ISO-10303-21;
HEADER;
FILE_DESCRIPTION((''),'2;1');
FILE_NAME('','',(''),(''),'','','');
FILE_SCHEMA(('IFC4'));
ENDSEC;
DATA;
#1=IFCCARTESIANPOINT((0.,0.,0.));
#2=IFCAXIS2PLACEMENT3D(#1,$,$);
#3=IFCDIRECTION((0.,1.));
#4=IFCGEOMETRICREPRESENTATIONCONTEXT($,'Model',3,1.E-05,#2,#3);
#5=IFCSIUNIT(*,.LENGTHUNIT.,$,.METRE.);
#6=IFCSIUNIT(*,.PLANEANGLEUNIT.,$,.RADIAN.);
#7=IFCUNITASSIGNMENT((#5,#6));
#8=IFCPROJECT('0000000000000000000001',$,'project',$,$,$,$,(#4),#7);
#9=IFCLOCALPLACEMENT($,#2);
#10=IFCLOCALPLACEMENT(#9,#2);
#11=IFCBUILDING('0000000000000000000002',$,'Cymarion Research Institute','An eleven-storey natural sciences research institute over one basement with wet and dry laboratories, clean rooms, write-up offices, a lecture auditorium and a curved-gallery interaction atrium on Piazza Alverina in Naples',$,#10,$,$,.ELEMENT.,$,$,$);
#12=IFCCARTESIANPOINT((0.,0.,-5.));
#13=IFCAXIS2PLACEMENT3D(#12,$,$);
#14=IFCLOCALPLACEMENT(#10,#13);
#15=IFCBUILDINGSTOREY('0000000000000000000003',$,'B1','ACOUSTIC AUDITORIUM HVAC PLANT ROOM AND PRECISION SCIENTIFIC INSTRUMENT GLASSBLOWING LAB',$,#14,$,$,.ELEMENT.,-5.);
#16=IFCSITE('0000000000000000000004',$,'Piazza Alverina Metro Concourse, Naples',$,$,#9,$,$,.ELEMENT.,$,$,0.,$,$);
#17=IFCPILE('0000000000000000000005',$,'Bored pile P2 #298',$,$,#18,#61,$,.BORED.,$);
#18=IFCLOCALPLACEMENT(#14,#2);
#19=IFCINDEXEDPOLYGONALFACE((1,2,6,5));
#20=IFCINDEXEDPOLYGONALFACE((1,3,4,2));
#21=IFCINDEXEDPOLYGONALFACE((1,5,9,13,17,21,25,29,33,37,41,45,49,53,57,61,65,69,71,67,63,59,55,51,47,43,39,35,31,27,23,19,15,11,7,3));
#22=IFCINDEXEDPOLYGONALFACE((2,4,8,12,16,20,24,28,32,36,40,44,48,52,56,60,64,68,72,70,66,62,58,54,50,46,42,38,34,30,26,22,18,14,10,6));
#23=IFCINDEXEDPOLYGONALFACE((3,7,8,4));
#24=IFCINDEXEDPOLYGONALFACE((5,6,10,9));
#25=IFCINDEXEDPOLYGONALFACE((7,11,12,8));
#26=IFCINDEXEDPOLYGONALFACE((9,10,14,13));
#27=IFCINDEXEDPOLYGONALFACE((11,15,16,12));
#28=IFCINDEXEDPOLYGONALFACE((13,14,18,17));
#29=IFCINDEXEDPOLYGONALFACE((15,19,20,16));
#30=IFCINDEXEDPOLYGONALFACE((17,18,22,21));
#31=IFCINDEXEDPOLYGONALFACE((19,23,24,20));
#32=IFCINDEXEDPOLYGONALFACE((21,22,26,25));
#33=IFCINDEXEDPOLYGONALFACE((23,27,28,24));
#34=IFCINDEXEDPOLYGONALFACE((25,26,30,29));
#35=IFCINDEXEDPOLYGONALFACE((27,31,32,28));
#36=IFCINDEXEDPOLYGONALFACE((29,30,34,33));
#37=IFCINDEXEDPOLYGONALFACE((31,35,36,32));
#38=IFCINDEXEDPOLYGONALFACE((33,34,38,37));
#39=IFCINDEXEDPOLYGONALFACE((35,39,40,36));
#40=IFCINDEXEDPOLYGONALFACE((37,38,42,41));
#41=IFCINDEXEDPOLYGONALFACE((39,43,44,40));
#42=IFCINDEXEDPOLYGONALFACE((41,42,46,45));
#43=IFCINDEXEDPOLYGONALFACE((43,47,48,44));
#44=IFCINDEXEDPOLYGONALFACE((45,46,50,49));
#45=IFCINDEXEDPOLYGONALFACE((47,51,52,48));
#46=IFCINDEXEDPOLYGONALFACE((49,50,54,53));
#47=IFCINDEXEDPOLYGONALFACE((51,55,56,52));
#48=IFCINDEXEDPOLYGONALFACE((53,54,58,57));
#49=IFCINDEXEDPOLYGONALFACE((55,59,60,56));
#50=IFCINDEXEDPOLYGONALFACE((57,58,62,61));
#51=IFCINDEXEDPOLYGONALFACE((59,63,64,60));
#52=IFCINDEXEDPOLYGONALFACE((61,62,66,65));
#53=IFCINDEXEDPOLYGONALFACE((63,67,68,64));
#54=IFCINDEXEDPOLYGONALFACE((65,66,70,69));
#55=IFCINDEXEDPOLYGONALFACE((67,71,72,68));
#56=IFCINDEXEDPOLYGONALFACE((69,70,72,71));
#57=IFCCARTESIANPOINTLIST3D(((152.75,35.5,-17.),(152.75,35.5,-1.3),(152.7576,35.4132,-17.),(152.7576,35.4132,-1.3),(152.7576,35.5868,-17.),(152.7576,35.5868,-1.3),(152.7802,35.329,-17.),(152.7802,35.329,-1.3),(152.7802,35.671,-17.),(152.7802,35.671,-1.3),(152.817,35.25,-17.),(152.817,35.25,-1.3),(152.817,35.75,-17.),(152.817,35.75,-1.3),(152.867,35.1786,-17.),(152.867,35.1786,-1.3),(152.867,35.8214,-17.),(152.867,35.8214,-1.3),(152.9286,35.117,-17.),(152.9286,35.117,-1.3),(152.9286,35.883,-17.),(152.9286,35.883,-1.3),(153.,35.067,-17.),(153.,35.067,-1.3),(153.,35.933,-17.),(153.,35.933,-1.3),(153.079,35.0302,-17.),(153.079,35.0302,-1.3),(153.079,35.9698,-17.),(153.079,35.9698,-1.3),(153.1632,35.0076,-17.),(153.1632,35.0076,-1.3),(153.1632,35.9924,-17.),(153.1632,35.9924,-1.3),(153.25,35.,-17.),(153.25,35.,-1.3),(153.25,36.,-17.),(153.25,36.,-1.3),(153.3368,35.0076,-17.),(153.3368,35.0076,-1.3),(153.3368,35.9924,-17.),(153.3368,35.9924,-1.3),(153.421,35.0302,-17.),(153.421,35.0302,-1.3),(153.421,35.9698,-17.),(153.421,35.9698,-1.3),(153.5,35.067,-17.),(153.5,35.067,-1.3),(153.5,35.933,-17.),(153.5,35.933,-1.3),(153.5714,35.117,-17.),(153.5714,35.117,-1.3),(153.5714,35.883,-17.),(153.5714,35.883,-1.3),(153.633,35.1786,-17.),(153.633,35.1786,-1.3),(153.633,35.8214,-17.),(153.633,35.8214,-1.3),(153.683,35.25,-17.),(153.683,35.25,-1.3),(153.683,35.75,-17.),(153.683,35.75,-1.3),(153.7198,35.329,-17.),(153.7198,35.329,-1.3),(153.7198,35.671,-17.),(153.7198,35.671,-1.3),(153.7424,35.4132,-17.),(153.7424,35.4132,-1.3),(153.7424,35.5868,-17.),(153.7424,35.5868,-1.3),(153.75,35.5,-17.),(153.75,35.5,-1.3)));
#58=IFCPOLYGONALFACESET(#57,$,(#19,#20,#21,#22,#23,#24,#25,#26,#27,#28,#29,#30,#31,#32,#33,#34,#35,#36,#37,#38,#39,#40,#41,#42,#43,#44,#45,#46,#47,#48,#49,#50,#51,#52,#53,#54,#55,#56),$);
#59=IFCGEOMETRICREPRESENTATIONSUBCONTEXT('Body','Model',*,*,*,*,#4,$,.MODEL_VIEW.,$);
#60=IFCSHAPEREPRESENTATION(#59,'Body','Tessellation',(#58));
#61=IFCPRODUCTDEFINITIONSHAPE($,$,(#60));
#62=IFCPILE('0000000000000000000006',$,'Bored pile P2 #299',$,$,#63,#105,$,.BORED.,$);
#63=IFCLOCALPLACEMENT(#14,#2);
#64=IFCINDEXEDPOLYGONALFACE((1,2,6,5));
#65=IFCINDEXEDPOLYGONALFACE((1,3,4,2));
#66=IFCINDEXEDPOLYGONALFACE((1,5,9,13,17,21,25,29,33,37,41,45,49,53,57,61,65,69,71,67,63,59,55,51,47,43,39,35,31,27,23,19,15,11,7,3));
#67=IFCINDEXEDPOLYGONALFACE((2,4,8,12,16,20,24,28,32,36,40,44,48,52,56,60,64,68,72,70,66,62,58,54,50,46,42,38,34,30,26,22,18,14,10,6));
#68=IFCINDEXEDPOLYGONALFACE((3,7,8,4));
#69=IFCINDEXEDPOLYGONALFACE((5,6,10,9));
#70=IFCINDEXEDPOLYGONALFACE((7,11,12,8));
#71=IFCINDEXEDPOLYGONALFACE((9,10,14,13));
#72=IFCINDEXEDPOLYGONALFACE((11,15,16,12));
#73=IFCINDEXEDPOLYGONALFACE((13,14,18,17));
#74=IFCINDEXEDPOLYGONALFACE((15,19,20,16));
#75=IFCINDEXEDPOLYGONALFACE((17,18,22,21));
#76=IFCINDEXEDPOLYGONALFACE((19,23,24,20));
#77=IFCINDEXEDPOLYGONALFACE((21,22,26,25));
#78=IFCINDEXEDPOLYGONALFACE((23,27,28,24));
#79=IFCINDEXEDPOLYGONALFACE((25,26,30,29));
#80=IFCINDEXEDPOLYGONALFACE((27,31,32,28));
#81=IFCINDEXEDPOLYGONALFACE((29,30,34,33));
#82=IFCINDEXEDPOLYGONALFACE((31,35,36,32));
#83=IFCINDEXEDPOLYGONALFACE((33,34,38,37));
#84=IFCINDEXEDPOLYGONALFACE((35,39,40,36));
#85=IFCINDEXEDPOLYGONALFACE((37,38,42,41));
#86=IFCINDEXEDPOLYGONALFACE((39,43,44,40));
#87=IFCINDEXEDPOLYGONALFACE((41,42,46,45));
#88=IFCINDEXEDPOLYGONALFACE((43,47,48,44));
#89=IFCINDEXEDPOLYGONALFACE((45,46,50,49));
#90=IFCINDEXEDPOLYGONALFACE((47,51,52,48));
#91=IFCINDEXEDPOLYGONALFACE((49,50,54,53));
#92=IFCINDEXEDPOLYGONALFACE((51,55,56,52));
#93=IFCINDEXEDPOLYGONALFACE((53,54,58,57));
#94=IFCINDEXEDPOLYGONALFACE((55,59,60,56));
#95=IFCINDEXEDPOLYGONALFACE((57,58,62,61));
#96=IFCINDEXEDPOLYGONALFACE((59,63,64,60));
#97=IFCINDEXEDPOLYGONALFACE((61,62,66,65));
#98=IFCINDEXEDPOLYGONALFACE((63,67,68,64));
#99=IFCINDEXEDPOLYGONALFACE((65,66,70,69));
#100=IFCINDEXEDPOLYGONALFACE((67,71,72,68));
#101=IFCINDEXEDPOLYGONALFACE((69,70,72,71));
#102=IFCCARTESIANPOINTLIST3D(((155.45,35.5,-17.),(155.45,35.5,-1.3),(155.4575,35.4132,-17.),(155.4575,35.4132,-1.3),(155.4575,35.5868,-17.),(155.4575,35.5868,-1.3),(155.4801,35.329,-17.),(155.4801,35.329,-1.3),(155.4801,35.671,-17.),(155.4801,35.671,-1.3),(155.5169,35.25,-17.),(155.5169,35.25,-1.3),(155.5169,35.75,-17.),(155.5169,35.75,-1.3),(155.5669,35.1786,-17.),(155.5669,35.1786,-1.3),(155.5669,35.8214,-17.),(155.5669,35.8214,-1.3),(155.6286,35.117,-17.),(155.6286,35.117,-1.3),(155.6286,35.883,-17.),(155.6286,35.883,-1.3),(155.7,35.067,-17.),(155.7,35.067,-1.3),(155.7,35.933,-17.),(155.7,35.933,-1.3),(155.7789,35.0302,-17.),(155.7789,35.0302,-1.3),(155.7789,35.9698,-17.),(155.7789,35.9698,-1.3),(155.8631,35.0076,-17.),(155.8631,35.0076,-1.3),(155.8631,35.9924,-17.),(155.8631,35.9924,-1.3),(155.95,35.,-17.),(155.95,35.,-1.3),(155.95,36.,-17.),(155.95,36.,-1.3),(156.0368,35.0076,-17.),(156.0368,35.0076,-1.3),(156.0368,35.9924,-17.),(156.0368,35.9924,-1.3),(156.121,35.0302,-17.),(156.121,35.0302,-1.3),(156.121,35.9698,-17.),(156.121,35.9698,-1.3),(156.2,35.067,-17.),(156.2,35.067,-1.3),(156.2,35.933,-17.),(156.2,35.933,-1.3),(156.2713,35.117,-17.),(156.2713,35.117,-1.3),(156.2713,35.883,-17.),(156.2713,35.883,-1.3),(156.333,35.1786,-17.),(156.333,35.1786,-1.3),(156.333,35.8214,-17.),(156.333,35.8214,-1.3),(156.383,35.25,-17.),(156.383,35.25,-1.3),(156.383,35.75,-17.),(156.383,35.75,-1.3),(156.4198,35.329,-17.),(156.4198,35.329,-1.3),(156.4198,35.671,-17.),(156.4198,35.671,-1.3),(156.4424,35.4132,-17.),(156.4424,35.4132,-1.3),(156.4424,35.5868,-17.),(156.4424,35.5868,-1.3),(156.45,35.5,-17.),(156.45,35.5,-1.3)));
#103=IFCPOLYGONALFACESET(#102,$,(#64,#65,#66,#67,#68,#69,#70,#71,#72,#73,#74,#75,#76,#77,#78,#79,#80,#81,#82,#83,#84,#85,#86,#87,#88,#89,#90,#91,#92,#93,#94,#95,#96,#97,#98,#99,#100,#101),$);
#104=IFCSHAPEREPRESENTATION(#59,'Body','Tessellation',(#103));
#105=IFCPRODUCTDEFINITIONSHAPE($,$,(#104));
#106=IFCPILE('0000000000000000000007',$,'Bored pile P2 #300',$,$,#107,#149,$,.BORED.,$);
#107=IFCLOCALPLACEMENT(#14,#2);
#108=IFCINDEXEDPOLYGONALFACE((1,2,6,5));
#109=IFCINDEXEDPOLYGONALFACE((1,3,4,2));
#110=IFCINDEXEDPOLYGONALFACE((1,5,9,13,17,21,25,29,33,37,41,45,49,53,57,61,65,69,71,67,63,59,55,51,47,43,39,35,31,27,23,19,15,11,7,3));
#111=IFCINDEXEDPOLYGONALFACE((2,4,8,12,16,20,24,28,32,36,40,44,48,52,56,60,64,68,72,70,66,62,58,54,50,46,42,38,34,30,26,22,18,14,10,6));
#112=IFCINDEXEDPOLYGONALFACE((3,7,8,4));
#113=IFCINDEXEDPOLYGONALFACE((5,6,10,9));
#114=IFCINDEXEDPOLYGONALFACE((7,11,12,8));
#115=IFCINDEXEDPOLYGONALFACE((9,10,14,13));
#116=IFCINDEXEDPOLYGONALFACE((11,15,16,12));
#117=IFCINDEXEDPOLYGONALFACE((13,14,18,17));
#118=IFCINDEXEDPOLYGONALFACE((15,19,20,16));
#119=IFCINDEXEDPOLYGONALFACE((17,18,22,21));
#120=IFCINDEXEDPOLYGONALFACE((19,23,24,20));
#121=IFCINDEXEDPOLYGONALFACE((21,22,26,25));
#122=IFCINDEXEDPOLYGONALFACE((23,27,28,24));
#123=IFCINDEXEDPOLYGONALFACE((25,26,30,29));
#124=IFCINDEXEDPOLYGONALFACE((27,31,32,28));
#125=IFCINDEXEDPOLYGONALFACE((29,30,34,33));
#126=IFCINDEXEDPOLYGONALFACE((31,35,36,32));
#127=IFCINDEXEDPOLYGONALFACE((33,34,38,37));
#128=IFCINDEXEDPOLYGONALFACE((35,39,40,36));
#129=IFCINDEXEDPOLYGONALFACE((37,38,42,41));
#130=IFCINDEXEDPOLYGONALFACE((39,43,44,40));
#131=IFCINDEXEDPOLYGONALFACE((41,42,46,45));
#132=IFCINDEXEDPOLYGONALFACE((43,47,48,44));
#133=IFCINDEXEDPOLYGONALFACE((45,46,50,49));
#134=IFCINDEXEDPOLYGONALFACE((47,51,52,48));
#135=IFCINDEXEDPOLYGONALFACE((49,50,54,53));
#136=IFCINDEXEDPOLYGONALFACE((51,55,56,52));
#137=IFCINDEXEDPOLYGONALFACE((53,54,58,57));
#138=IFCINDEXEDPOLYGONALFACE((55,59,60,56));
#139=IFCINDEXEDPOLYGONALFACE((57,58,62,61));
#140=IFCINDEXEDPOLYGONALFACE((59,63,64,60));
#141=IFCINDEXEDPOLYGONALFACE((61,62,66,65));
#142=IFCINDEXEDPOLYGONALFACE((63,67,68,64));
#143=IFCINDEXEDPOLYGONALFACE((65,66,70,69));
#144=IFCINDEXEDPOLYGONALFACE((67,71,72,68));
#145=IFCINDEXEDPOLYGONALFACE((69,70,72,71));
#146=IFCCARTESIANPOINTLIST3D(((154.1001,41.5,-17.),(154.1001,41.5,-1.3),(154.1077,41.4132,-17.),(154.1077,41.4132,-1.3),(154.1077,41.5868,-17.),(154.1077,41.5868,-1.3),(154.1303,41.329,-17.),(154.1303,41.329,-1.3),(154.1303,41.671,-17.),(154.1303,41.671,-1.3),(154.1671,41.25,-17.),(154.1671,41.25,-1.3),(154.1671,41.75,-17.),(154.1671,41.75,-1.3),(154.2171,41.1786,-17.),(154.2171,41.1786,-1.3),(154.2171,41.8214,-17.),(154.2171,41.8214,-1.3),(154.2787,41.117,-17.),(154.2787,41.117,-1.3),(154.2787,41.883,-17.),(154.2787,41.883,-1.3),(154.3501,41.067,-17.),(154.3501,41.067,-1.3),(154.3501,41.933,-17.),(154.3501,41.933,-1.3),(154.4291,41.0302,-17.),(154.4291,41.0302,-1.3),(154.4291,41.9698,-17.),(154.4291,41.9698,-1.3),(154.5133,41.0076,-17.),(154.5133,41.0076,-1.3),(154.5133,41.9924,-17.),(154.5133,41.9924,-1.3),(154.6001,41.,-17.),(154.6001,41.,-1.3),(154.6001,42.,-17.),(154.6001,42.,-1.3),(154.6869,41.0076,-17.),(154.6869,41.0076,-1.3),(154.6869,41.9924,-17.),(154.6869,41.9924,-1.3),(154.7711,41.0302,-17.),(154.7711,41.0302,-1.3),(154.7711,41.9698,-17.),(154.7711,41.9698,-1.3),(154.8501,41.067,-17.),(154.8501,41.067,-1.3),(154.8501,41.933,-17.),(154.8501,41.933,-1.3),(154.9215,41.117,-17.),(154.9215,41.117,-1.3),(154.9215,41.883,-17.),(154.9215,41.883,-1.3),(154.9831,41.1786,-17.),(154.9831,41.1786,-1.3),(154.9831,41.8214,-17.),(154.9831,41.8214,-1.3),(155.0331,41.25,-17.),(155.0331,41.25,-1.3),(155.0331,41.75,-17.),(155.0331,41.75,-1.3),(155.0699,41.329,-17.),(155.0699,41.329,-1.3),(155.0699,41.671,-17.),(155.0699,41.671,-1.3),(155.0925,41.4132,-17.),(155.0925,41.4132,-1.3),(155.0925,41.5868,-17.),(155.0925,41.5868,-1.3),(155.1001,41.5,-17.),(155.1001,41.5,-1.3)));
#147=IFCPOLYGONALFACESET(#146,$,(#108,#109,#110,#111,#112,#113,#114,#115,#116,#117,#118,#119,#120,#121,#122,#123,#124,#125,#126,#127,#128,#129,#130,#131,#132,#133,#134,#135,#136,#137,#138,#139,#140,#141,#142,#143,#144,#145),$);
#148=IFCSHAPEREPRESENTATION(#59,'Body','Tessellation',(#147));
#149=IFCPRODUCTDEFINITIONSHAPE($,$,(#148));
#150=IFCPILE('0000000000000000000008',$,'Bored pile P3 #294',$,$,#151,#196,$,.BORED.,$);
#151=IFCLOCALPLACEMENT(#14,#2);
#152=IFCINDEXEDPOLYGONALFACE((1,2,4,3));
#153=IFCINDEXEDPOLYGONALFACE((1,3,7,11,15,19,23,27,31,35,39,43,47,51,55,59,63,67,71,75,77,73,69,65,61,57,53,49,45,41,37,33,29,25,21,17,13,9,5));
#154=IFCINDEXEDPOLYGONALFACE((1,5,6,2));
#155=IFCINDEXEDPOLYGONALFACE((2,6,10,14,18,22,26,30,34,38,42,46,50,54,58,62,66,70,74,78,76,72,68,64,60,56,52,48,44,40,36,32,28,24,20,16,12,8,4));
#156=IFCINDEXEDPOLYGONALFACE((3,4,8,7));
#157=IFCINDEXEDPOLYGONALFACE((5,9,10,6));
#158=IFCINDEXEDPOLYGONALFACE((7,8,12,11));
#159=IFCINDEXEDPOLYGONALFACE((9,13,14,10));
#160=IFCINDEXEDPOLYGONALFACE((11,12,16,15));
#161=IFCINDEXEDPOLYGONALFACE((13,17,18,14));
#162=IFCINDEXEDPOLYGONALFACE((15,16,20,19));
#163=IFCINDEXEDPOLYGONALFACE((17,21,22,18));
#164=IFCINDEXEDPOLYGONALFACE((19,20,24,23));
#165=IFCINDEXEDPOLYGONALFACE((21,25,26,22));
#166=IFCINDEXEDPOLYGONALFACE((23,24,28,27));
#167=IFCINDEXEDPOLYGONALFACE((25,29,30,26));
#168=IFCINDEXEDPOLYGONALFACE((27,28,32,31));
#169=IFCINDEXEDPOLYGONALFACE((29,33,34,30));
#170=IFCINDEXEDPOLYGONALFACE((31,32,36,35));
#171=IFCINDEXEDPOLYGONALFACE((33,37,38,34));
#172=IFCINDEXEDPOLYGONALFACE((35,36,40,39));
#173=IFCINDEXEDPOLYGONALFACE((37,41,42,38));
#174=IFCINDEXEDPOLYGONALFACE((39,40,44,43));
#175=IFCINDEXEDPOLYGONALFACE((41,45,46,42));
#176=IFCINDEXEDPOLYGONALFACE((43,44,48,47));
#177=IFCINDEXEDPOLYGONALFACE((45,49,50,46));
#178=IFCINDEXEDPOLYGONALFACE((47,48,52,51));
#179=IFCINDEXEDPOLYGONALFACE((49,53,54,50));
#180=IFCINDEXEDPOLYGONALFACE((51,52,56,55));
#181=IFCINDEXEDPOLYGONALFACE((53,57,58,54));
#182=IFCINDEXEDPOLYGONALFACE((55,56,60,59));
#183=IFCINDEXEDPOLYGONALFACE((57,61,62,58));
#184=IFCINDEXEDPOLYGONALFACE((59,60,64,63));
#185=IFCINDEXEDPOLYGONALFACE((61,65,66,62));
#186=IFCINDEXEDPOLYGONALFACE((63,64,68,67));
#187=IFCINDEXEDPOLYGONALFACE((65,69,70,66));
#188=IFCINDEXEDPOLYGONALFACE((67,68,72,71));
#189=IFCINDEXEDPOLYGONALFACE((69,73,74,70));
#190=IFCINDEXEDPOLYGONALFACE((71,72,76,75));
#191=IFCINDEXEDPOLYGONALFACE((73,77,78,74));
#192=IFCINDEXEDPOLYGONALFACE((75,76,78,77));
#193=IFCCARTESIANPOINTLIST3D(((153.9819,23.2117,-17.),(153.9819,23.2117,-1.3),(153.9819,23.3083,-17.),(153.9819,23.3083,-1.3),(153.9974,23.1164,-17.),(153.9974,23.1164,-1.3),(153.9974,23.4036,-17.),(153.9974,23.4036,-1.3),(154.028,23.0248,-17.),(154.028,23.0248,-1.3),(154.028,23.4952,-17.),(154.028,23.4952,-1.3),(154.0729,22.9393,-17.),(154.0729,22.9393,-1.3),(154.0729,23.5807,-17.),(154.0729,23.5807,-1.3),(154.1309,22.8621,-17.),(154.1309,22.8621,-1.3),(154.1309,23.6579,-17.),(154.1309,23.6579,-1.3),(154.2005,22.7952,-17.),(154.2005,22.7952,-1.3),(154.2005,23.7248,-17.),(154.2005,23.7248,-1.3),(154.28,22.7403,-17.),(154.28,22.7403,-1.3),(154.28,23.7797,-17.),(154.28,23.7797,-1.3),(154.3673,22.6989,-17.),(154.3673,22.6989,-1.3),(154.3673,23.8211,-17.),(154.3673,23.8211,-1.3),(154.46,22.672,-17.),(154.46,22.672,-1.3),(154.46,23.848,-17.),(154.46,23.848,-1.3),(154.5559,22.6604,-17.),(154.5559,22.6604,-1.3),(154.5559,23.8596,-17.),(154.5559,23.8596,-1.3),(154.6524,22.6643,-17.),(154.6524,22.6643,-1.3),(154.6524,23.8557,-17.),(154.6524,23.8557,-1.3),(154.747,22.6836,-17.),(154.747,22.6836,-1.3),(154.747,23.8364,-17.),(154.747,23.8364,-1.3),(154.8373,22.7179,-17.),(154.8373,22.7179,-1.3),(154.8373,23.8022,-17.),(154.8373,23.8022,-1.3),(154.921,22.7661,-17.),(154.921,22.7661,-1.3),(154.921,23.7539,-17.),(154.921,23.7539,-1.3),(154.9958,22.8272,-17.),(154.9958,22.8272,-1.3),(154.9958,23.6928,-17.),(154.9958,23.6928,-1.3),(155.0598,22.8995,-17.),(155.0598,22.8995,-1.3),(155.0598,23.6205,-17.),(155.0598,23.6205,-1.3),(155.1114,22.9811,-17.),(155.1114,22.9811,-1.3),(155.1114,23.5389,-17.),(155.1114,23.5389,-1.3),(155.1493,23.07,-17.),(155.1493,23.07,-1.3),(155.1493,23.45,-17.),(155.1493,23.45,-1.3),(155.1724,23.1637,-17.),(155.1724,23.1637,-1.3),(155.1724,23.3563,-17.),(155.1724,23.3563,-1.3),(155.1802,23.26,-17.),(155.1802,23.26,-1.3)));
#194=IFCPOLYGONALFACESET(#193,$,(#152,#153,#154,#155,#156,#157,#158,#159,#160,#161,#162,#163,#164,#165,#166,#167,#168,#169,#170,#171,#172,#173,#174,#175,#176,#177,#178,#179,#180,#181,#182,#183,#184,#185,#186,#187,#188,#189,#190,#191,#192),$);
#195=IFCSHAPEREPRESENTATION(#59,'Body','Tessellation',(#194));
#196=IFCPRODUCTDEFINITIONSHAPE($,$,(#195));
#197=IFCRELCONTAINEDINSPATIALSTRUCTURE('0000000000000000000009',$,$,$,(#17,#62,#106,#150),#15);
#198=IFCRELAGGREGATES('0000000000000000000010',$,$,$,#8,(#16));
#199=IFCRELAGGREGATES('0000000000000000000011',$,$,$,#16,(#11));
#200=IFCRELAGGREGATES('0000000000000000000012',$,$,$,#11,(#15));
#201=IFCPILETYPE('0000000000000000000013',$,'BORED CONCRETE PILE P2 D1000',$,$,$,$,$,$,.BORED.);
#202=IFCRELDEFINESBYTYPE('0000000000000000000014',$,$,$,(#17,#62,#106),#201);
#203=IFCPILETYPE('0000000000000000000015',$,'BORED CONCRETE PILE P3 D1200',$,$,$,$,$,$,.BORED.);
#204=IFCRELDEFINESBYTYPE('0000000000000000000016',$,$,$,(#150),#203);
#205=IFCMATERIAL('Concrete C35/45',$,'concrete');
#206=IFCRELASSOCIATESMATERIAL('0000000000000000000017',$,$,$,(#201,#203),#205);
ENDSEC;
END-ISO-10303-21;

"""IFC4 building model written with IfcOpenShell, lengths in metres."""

from ifc_helpers import new_model, si_unit, direction, frame, origin, origin_2d, place, context, subcontext, project, spatial, circle, extrude, material, material_profile, profile_set, type_object, element, save


model = new_model("IFC4")

# Units and contexts
model_context = context("Model", 3, precision=1e-05, world=origin(), true_north=direction((0.0, 1.0)))
body_context = subcontext(model_context, "Body", "Model", "MODEL_VIEW")
ifc_project = project(units=[si_unit("LENGTHUNIT", "METRE"), si_unit("PLANEANGLEUNIT", "RADIAN")], contexts=[model_context])

# Site, building, storey
site_placement = place(None, origin())
site = spatial("IfcSite", under=ifc_project, at=site_placement, Name="Piazza Alverina Metro Concourse, Naples", CompositionType="ELEMENT", RefElevation=0.0)
building_placement = place(site_placement, origin())
building = spatial("IfcBuilding", under=site, at=building_placement, Name="Cymarion Research Institute", Description="An eleven-storey natural sciences research institute over one basement with wet and dry laboratories, clean rooms, write-up offices, a lecture auditorium and a curved-gallery interaction atrium on Piazza Alverina in Naples", CompositionType="ELEMENT")
storey_placement = place(building_placement, frame((0.0, 0.0, -5.0)))
storey = spatial("IfcBuildingStorey", under=building, at=storey_placement, Name="B1", Description="ACOUSTIC AUDITORIUM HVAC PLANT ROOM AND PRECISION SCIENTIFIC INSTRUMENT GLASSBLOWING LAB", CompositionType="ELEMENT", Elevation=-5.0)

# Piles
ifc_material_1 = material(Name="Concrete C35/45", Category="concrete")
ifc_material_profile_1 = material_profile(ifc_material_1, circle(Radius=0.5, at=origin_2d()), Name="BORED PILE D1000")
ifc_profile_set_1 = profile_set([ifc_material_profile_1], Name="Concrete C35/45")
pile_type_1 = type_object("IfcPileType", Name="BORED CONCRETE PILE P2 D1000", PredefinedType="BORED", material=ifc_profile_set_1)
for number, where, z_axis, x_axis, name in (
    (1, (153.25, 35.5, -1.3), (0.0, 0.0, -1.0), (1.0, 0.0, 0.0), "Bored pile P2 #298"),
    (2, (155.95, 35.5, -1.3), (0.0, 0.0, -1.0), (1.0, 0.0, 0.0), "Bored pile P2 #299"),
    (3, (154.6001, 41.5, -1.3), (0.0, 0.0, -1.0), (1.0, 0.0, 0.0), "Bored pile P2 #300"),
):
    element("IfcPile", number, at=place(storey_placement, frame(where, z_axis=z_axis, x_axis=x_axis)), inside=storey, type_object=pile_type_1, Name=name, PredefinedType="BORED", context=body_context, shape_type="SweptSolid", body=[
        extrude(circle(Radius=0.5, at=origin_2d()), origin(), (0.0, 0.0, 1.0), 15.7),
    ])
ifc_material_profile_2 = material_profile(ifc_material_1, circle(Radius=0.6001, at=origin_2d()), Name="BORED PILE D1200")
ifc_profile_set_2 = profile_set([ifc_material_profile_2], Name="Concrete C35/45")
pile_type_2 = type_object("IfcPileType", Name="BORED CONCRETE PILE P3 D1200", PredefinedType="BORED", material=ifc_profile_set_2)
for number, where, z_axis, x_axis, name in (
    (4, (154.5801, 23.26, -1.3), (0.0, 0.0, -1.0), (1.0, 0.0, 0.0), "Bored pile P3 #294"),
):
    element("IfcPile", number, at=place(storey_placement, frame(where, z_axis=z_axis, x_axis=x_axis)), inside=storey, type_object=pile_type_2, Name=name, PredefinedType="BORED", context=body_context, shape_type="SweptSolid", body=[
        extrude(circle(Radius=0.6001, at=origin_2d()), origin(), (0.0, 0.0, 1.0), 15.7),
    ])

save(model, "model.ifc")
